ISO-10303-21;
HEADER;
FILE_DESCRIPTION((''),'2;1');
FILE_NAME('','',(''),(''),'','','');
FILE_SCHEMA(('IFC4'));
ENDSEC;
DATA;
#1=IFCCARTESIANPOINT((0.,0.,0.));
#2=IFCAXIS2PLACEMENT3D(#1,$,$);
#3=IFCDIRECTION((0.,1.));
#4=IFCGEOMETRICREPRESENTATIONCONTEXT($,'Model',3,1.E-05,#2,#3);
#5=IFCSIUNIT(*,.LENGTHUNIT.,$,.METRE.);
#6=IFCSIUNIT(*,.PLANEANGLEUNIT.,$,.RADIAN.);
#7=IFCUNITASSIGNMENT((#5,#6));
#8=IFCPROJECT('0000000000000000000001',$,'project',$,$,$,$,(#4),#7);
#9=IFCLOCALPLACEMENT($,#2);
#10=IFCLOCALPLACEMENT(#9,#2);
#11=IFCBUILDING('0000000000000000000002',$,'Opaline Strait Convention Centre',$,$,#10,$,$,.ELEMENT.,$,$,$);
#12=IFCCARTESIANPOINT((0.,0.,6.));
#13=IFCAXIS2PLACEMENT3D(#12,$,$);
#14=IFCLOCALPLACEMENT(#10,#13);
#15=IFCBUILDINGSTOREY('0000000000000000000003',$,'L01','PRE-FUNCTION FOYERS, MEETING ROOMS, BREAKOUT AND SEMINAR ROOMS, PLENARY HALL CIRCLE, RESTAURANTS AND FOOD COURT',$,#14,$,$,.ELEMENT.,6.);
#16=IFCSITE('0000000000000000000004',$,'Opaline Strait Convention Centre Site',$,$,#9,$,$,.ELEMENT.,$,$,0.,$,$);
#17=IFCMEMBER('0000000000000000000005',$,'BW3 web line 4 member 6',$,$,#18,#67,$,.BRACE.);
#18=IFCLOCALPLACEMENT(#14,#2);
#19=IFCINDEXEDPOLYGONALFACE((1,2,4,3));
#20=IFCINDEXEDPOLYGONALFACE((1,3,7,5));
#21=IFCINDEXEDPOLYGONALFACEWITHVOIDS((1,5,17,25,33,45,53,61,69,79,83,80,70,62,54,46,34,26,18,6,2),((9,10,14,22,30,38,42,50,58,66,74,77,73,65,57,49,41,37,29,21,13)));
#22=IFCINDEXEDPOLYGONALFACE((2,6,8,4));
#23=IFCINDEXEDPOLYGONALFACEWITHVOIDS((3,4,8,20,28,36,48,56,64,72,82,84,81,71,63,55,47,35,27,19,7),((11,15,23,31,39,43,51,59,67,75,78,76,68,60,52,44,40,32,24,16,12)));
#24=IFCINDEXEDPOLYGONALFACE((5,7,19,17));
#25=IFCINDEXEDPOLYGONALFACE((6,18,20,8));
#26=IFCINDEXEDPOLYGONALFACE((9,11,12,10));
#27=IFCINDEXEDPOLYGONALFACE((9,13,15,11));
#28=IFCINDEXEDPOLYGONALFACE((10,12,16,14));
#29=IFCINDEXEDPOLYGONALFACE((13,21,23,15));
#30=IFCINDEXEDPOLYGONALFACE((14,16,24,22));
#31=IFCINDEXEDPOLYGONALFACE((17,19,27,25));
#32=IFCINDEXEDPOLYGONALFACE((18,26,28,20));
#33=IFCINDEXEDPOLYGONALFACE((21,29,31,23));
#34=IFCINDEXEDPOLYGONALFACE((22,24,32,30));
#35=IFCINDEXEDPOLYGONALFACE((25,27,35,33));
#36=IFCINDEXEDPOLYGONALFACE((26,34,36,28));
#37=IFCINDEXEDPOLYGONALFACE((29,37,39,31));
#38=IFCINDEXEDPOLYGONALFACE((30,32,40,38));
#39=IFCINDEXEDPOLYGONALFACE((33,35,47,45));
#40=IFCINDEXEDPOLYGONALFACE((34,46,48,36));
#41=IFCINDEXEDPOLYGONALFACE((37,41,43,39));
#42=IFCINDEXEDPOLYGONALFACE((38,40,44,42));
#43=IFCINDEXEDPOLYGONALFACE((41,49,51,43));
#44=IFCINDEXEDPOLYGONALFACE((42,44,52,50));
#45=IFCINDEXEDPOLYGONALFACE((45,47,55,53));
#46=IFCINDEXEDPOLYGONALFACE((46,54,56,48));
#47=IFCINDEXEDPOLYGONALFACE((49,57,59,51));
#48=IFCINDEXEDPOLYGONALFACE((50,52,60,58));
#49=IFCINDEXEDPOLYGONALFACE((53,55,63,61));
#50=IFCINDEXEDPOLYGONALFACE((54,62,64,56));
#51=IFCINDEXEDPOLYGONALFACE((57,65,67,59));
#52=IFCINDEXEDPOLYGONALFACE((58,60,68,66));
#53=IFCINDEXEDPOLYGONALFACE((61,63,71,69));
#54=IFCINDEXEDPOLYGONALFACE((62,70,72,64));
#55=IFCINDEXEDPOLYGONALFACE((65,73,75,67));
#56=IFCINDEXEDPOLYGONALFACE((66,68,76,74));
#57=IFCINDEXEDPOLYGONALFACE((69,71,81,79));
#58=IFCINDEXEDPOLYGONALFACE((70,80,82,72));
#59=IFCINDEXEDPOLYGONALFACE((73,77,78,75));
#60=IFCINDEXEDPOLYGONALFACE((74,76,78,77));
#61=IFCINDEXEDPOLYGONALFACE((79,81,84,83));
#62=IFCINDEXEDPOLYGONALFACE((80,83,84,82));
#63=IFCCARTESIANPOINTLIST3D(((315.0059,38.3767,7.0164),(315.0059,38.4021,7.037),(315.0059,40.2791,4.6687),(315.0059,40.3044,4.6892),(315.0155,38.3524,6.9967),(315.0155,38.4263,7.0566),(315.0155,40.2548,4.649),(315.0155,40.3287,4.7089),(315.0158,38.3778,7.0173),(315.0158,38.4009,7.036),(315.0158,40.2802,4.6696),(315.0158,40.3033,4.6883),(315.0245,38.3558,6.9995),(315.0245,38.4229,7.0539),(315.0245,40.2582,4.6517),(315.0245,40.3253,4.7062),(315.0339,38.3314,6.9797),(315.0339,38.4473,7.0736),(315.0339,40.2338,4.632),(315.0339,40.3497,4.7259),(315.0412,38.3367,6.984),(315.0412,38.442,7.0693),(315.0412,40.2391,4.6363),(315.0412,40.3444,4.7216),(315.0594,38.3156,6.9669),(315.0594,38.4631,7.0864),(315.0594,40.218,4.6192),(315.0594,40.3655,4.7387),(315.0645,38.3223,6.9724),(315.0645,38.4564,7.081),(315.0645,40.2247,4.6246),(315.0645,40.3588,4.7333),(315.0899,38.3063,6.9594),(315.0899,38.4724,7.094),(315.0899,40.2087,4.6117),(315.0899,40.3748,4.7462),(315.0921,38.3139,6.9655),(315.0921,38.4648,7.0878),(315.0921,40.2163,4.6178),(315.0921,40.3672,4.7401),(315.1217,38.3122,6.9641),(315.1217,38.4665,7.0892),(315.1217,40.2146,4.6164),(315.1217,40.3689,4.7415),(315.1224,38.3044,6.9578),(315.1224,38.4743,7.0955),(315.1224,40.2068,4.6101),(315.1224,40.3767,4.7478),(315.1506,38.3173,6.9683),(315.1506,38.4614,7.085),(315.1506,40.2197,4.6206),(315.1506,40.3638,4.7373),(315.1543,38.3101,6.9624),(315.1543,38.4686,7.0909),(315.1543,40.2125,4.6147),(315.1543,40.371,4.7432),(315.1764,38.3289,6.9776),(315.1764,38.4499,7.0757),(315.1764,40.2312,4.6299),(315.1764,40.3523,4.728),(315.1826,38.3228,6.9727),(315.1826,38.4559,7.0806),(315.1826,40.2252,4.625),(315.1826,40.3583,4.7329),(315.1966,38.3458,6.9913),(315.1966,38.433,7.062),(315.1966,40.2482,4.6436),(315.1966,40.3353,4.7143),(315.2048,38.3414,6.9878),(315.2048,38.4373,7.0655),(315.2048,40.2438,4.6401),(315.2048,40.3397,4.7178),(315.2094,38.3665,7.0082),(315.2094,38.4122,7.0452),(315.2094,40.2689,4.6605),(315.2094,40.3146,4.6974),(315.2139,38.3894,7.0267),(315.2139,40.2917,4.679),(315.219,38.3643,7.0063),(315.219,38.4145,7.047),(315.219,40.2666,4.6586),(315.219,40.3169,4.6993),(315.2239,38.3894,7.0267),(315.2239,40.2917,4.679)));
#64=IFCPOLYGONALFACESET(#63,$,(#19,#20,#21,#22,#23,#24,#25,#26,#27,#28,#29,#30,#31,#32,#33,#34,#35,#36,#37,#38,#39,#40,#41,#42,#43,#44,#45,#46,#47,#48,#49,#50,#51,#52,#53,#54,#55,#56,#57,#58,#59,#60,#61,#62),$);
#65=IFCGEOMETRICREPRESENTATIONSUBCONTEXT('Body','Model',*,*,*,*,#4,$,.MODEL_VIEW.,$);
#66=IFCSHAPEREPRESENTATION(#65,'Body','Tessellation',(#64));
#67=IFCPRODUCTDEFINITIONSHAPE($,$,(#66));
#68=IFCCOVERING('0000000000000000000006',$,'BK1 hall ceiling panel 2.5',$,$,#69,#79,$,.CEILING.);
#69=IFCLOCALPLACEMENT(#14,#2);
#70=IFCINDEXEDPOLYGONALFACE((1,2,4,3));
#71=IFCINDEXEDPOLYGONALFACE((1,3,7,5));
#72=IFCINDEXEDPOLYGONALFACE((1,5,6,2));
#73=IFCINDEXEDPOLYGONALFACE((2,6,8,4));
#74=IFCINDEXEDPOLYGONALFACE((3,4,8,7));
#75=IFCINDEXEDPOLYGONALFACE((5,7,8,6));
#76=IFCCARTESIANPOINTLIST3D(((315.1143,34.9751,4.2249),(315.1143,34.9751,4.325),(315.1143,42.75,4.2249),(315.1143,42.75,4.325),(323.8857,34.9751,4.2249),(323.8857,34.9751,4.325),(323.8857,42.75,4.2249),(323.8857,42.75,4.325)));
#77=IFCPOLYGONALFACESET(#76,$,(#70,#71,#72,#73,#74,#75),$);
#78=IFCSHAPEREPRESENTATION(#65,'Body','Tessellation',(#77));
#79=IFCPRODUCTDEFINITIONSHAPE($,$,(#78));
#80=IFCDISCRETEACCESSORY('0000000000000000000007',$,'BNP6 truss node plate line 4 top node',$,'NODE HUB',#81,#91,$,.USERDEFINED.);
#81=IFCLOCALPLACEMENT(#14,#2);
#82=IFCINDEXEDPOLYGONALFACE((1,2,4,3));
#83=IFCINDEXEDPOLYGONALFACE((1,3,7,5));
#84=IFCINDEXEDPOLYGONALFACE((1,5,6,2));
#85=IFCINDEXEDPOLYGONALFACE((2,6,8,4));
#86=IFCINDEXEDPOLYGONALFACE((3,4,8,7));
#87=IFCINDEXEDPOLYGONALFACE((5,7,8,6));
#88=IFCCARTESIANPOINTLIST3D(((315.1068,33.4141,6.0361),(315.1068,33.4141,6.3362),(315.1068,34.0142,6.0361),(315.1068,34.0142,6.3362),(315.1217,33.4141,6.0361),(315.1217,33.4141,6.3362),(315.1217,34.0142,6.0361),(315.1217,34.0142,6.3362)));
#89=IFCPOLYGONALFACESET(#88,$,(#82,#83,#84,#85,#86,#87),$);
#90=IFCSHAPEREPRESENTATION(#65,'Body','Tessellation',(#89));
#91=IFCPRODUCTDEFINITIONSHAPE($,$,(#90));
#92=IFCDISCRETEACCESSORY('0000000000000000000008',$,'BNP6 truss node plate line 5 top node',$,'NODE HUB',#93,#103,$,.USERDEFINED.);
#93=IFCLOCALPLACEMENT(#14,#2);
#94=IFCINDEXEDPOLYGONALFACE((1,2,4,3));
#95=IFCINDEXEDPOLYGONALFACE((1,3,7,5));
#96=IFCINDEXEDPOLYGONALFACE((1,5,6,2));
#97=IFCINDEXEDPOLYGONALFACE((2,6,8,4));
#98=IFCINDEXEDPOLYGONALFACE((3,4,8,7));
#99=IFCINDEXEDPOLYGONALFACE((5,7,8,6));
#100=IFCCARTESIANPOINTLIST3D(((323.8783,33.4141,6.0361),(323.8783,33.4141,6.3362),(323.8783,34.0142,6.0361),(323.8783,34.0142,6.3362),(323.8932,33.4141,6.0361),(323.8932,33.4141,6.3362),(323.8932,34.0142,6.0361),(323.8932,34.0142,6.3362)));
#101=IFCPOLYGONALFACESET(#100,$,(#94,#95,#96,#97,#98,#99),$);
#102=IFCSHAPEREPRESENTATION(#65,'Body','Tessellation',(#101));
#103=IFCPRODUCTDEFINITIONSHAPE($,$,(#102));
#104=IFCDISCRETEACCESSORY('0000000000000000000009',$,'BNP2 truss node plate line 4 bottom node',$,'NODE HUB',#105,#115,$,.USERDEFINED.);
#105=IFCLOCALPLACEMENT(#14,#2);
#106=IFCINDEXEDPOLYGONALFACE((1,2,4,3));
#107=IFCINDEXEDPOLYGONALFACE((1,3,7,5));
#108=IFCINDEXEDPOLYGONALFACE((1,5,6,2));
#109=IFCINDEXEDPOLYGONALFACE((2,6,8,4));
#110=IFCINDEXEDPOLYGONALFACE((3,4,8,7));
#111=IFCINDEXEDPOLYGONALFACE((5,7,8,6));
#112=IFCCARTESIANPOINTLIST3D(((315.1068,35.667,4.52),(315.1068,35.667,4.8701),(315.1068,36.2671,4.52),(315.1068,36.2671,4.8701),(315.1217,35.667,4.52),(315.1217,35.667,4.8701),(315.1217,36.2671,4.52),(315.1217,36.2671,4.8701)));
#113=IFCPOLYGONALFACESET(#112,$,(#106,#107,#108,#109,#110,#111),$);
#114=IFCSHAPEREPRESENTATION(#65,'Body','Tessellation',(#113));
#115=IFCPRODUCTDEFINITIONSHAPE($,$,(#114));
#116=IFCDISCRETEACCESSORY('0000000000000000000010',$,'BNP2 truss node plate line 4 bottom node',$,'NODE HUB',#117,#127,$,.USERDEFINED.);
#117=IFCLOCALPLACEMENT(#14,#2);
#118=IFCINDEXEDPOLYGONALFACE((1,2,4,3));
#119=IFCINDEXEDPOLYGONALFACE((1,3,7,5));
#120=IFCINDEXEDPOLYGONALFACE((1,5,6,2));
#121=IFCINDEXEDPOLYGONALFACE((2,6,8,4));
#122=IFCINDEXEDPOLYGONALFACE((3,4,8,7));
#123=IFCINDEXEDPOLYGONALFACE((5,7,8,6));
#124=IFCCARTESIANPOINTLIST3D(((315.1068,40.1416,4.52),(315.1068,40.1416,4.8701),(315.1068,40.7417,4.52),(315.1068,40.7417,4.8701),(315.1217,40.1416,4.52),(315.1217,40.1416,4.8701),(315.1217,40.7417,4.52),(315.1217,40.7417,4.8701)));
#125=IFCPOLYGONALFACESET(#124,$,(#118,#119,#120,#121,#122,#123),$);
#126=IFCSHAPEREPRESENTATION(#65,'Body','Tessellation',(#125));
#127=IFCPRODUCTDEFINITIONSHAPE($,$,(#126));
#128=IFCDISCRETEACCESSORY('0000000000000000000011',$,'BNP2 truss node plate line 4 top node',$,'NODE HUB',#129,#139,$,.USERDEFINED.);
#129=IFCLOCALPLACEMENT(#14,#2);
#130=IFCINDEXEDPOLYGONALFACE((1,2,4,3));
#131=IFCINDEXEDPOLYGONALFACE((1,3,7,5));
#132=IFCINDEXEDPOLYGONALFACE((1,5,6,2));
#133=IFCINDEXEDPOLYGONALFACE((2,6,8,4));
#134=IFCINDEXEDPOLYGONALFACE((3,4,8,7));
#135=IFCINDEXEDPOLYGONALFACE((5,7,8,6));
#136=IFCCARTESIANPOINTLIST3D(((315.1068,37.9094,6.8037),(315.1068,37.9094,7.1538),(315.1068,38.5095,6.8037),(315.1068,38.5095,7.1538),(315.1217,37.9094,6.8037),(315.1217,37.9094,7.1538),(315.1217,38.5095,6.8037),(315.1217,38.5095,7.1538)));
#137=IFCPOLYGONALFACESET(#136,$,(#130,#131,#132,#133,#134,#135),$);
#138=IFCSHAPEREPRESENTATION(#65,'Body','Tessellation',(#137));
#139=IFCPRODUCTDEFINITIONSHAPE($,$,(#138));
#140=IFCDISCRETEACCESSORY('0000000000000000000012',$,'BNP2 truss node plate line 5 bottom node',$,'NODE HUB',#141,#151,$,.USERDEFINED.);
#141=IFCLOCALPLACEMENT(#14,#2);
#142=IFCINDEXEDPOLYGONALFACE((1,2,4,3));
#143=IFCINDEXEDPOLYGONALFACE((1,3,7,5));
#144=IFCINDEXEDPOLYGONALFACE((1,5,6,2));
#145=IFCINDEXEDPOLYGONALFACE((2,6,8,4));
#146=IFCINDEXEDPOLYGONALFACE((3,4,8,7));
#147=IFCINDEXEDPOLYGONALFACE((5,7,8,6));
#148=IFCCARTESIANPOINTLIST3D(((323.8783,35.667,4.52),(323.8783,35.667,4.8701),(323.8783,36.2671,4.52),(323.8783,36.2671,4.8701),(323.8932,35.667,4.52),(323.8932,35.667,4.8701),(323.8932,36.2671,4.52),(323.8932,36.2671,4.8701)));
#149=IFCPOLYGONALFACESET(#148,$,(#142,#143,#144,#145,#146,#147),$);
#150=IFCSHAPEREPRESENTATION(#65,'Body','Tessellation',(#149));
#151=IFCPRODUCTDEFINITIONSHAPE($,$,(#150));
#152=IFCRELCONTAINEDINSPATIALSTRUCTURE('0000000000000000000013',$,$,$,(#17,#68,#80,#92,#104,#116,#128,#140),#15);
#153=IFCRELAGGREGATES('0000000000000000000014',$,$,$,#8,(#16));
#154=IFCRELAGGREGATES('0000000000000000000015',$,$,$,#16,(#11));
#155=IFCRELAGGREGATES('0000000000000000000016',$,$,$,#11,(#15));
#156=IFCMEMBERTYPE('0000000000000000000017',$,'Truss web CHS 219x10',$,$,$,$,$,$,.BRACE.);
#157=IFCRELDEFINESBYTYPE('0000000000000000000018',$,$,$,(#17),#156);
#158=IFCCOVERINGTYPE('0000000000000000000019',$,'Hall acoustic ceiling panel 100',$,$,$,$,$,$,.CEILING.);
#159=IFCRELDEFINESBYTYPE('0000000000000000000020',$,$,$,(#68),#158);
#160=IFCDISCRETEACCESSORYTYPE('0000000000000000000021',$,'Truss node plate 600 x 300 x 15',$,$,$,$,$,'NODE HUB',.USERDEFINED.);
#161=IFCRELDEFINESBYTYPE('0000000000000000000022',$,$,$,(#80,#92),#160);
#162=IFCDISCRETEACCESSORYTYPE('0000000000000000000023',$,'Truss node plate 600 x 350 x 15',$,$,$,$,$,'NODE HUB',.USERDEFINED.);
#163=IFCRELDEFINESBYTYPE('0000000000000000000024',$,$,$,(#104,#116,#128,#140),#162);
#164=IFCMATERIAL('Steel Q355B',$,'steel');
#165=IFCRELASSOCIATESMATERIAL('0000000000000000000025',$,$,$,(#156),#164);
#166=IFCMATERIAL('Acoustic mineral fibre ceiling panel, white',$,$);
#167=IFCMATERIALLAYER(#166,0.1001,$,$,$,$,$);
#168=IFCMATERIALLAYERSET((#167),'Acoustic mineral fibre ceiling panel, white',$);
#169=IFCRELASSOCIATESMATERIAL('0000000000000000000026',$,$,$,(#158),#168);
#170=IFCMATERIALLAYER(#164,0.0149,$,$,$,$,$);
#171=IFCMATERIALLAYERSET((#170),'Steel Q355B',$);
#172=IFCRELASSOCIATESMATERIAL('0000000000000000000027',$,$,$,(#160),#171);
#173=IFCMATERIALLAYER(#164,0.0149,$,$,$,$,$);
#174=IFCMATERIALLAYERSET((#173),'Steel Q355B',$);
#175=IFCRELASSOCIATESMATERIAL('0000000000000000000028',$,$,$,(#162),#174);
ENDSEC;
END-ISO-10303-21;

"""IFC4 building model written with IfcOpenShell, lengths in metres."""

from ifc_helpers import new_model, si_unit, direction, frame, origin, origin_2d, place, context, subcontext, project, spatial, rectangle, hollow_circle, extrude, material, layer, layer_set, material_profile, profile_set, type_object, element, save


model = new_model("IFC4")

# Units and contexts
model_context = context("Model", 3, precision=1e-05, world=origin(), true_north=direction((0.0, 1.0)))
body_context = subcontext(model_context, "Body", "Model", "MODEL_VIEW")
ifc_project = project(units=[si_unit("LENGTHUNIT", "METRE"), si_unit("PLANEANGLEUNIT", "RADIAN")], contexts=[model_context])

# Site, building, storey
site_placement = place(None, origin())
site = spatial("IfcSite", under=ifc_project, at=site_placement, Name="Opaline Strait Convention Centre Site", CompositionType="ELEMENT", RefElevation=0.0)
building_placement = place(site_placement, origin())
building = spatial("IfcBuilding", under=site, at=building_placement, Name="Opaline Strait Convention Centre", CompositionType="ELEMENT")
storey_placement = place(building_placement, frame((0.0, 0.0, 6.0)))
storey = spatial("IfcBuildingStorey", under=building, at=storey_placement, Name="L01", Description="PRE-FUNCTION FOYERS, MEETING ROOMS, BREAKOUT AND SEMINAR ROOMS, PLENARY HALL CIRCLE, RESTAURANTS AND FOOD COURT", CompositionType="ELEMENT", Elevation=6.0)

# Member
ifc_material_1 = material(Name="Steel Q355B", Category="steel")
ifc_material_profile_1 = material_profile(ifc_material_1, hollow_circle(Radius=0.1096, WallThickness=0.01, at=origin_2d()), Name="CHS 219x10")
ifc_profile_set_1 = profile_set([ifc_material_profile_1], Name="Steel Q355B")
member_type_1 = type_object("IfcMemberType", Name="Truss web CHS 219x10", PredefinedType="BRACE", material=ifc_profile_set_1)
member_1_placement = place(storey_placement, frame((315.1143, 40.2917, 4.679), z_axis=(0.0, -0.62957, 0.776944), x_axis=(1.0, 0.0, 0.0)))
element("IfcMember", 1, at=member_1_placement, inside=storey, type_object=member_type_1, Name="BW3 web line 4 member 6", PredefinedType="BRACE", context=body_context, shape_type="SweptSolid", body=[
    extrude(hollow_circle(Radius=0.1096, WallThickness=0.01, at=origin_2d()), origin(), (0.0, 0.0, 1.0), 3.0217),
])

# Covering
ifc_material_2 = material(Name="Acoustic mineral fibre ceiling panel, white")
ifc_layer_1 = layer(ifc_material_2, 0.1001)
ifc_layer_set_1 = layer_set([ifc_layer_1], Name="Acoustic mineral fibre ceiling panel, white")
covering_type = type_object("IfcCoveringType", Name="Hall acoustic ceiling panel 100", PredefinedType="CEILING", material=ifc_layer_set_1)
covering_placement = place(storey_placement, frame((319.5, 38.8625, 4.2249), z_axis=(0.0, 0.0, 1.0), x_axis=(1.0, 0.0, 0.0)))
element("IfcCovering", 2, at=covering_placement, inside=storey, type_object=covering_type, Name="BK1 hall ceiling panel 2.5", PredefinedType="CEILING", context=body_context, shape_type="SweptSolid", body=[
    extrude(rectangle(XDim=8.7715, YDim=7.7749, at=origin_2d()), origin(), (0.0, 0.0, 1.0), 0.1001),
])

# Discrete accessories
ifc_layer_2 = layer(ifc_material_1, 0.0149)
ifc_layer_set_2 = layer_set([ifc_layer_2], Name="Steel Q355B")
discrete_accessory_type_1 = type_object("IfcDiscreteAccessoryType", Name="Truss node plate 600 x 300 x 15", ElementType="NODE HUB", PredefinedType="USERDEFINED", material=ifc_layer_set_2)
for number, where, z_axis, x_axis, name in (
    (3, (315.1143, 33.7141, 6.0361), (0.0, 0.0, 1.0), (1.0, 0.0, 0.0), "BNP6 truss node plate line 4 top node"),
    (4, (323.8857, 33.7141, 6.0361), (0.0, 0.0, 1.0), (1.0, 0.0, 0.0), "BNP6 truss node plate line 5 top node"),
):
    element("IfcDiscreteAccessory", number, at=place(storey_placement, frame(where, z_axis=z_axis, x_axis=x_axis)), inside=storey, type_object=discrete_accessory_type_1, Name=name, ObjectType="NODE HUB", PredefinedType="USERDEFINED", context=body_context, shape_type="SweptSolid", body=[
        extrude(rectangle(XDim=0.0149, YDim=0.6001, at=origin_2d()), origin(), (0.0, 0.0, 1.0), 0.3),
    ])
ifc_layer_3 = layer(ifc_material_1, 0.0149)
ifc_layer_set_3 = layer_set([ifc_layer_3], Name="Steel Q355B")
discrete_accessory_type_2 = type_object("IfcDiscreteAccessoryType", Name="Truss node plate 600 x 350 x 15", ElementType="NODE HUB", PredefinedType="USERDEFINED", material=ifc_layer_set_3)
for number, where, z_axis, x_axis, name in (
    (5, (315.1143, 35.967, 4.52), (0.0, 0.0, 1.0), (1.0, 0.0, 0.0), "BNP2 truss node plate line 4 bottom node"),
    (6, (315.1143, 40.4417, 4.52), (0.0, 0.0, 1.0), (1.0, 0.0, 0.0), "BNP2 truss node plate line 4 bottom node"),
    (7, (315.1143, 38.2095, 6.8037), (0.0, 0.0, 1.0), (1.0, 0.0, 0.0), "BNP2 truss node plate line 4 top node"),
    (8, (323.8857, 35.967, 4.52), (0.0, 0.0, 1.0), (1.0, 0.0, 0.0), "BNP2 truss node plate line 5 bottom node"),
):
    element("IfcDiscreteAccessory", number, at=place(storey_placement, frame(where, z_axis=z_axis, x_axis=x_axis)), inside=storey, type_object=discrete_accessory_type_2, Name=name, ObjectType="NODE HUB", PredefinedType="USERDEFINED", context=body_context, shape_type="SweptSolid", body=[
        extrude(rectangle(XDim=0.0149, YDim=0.6001, at=origin_2d()), origin(), (0.0, 0.0, 1.0), 0.3501),
    ])

save(model, "model.ifc")
